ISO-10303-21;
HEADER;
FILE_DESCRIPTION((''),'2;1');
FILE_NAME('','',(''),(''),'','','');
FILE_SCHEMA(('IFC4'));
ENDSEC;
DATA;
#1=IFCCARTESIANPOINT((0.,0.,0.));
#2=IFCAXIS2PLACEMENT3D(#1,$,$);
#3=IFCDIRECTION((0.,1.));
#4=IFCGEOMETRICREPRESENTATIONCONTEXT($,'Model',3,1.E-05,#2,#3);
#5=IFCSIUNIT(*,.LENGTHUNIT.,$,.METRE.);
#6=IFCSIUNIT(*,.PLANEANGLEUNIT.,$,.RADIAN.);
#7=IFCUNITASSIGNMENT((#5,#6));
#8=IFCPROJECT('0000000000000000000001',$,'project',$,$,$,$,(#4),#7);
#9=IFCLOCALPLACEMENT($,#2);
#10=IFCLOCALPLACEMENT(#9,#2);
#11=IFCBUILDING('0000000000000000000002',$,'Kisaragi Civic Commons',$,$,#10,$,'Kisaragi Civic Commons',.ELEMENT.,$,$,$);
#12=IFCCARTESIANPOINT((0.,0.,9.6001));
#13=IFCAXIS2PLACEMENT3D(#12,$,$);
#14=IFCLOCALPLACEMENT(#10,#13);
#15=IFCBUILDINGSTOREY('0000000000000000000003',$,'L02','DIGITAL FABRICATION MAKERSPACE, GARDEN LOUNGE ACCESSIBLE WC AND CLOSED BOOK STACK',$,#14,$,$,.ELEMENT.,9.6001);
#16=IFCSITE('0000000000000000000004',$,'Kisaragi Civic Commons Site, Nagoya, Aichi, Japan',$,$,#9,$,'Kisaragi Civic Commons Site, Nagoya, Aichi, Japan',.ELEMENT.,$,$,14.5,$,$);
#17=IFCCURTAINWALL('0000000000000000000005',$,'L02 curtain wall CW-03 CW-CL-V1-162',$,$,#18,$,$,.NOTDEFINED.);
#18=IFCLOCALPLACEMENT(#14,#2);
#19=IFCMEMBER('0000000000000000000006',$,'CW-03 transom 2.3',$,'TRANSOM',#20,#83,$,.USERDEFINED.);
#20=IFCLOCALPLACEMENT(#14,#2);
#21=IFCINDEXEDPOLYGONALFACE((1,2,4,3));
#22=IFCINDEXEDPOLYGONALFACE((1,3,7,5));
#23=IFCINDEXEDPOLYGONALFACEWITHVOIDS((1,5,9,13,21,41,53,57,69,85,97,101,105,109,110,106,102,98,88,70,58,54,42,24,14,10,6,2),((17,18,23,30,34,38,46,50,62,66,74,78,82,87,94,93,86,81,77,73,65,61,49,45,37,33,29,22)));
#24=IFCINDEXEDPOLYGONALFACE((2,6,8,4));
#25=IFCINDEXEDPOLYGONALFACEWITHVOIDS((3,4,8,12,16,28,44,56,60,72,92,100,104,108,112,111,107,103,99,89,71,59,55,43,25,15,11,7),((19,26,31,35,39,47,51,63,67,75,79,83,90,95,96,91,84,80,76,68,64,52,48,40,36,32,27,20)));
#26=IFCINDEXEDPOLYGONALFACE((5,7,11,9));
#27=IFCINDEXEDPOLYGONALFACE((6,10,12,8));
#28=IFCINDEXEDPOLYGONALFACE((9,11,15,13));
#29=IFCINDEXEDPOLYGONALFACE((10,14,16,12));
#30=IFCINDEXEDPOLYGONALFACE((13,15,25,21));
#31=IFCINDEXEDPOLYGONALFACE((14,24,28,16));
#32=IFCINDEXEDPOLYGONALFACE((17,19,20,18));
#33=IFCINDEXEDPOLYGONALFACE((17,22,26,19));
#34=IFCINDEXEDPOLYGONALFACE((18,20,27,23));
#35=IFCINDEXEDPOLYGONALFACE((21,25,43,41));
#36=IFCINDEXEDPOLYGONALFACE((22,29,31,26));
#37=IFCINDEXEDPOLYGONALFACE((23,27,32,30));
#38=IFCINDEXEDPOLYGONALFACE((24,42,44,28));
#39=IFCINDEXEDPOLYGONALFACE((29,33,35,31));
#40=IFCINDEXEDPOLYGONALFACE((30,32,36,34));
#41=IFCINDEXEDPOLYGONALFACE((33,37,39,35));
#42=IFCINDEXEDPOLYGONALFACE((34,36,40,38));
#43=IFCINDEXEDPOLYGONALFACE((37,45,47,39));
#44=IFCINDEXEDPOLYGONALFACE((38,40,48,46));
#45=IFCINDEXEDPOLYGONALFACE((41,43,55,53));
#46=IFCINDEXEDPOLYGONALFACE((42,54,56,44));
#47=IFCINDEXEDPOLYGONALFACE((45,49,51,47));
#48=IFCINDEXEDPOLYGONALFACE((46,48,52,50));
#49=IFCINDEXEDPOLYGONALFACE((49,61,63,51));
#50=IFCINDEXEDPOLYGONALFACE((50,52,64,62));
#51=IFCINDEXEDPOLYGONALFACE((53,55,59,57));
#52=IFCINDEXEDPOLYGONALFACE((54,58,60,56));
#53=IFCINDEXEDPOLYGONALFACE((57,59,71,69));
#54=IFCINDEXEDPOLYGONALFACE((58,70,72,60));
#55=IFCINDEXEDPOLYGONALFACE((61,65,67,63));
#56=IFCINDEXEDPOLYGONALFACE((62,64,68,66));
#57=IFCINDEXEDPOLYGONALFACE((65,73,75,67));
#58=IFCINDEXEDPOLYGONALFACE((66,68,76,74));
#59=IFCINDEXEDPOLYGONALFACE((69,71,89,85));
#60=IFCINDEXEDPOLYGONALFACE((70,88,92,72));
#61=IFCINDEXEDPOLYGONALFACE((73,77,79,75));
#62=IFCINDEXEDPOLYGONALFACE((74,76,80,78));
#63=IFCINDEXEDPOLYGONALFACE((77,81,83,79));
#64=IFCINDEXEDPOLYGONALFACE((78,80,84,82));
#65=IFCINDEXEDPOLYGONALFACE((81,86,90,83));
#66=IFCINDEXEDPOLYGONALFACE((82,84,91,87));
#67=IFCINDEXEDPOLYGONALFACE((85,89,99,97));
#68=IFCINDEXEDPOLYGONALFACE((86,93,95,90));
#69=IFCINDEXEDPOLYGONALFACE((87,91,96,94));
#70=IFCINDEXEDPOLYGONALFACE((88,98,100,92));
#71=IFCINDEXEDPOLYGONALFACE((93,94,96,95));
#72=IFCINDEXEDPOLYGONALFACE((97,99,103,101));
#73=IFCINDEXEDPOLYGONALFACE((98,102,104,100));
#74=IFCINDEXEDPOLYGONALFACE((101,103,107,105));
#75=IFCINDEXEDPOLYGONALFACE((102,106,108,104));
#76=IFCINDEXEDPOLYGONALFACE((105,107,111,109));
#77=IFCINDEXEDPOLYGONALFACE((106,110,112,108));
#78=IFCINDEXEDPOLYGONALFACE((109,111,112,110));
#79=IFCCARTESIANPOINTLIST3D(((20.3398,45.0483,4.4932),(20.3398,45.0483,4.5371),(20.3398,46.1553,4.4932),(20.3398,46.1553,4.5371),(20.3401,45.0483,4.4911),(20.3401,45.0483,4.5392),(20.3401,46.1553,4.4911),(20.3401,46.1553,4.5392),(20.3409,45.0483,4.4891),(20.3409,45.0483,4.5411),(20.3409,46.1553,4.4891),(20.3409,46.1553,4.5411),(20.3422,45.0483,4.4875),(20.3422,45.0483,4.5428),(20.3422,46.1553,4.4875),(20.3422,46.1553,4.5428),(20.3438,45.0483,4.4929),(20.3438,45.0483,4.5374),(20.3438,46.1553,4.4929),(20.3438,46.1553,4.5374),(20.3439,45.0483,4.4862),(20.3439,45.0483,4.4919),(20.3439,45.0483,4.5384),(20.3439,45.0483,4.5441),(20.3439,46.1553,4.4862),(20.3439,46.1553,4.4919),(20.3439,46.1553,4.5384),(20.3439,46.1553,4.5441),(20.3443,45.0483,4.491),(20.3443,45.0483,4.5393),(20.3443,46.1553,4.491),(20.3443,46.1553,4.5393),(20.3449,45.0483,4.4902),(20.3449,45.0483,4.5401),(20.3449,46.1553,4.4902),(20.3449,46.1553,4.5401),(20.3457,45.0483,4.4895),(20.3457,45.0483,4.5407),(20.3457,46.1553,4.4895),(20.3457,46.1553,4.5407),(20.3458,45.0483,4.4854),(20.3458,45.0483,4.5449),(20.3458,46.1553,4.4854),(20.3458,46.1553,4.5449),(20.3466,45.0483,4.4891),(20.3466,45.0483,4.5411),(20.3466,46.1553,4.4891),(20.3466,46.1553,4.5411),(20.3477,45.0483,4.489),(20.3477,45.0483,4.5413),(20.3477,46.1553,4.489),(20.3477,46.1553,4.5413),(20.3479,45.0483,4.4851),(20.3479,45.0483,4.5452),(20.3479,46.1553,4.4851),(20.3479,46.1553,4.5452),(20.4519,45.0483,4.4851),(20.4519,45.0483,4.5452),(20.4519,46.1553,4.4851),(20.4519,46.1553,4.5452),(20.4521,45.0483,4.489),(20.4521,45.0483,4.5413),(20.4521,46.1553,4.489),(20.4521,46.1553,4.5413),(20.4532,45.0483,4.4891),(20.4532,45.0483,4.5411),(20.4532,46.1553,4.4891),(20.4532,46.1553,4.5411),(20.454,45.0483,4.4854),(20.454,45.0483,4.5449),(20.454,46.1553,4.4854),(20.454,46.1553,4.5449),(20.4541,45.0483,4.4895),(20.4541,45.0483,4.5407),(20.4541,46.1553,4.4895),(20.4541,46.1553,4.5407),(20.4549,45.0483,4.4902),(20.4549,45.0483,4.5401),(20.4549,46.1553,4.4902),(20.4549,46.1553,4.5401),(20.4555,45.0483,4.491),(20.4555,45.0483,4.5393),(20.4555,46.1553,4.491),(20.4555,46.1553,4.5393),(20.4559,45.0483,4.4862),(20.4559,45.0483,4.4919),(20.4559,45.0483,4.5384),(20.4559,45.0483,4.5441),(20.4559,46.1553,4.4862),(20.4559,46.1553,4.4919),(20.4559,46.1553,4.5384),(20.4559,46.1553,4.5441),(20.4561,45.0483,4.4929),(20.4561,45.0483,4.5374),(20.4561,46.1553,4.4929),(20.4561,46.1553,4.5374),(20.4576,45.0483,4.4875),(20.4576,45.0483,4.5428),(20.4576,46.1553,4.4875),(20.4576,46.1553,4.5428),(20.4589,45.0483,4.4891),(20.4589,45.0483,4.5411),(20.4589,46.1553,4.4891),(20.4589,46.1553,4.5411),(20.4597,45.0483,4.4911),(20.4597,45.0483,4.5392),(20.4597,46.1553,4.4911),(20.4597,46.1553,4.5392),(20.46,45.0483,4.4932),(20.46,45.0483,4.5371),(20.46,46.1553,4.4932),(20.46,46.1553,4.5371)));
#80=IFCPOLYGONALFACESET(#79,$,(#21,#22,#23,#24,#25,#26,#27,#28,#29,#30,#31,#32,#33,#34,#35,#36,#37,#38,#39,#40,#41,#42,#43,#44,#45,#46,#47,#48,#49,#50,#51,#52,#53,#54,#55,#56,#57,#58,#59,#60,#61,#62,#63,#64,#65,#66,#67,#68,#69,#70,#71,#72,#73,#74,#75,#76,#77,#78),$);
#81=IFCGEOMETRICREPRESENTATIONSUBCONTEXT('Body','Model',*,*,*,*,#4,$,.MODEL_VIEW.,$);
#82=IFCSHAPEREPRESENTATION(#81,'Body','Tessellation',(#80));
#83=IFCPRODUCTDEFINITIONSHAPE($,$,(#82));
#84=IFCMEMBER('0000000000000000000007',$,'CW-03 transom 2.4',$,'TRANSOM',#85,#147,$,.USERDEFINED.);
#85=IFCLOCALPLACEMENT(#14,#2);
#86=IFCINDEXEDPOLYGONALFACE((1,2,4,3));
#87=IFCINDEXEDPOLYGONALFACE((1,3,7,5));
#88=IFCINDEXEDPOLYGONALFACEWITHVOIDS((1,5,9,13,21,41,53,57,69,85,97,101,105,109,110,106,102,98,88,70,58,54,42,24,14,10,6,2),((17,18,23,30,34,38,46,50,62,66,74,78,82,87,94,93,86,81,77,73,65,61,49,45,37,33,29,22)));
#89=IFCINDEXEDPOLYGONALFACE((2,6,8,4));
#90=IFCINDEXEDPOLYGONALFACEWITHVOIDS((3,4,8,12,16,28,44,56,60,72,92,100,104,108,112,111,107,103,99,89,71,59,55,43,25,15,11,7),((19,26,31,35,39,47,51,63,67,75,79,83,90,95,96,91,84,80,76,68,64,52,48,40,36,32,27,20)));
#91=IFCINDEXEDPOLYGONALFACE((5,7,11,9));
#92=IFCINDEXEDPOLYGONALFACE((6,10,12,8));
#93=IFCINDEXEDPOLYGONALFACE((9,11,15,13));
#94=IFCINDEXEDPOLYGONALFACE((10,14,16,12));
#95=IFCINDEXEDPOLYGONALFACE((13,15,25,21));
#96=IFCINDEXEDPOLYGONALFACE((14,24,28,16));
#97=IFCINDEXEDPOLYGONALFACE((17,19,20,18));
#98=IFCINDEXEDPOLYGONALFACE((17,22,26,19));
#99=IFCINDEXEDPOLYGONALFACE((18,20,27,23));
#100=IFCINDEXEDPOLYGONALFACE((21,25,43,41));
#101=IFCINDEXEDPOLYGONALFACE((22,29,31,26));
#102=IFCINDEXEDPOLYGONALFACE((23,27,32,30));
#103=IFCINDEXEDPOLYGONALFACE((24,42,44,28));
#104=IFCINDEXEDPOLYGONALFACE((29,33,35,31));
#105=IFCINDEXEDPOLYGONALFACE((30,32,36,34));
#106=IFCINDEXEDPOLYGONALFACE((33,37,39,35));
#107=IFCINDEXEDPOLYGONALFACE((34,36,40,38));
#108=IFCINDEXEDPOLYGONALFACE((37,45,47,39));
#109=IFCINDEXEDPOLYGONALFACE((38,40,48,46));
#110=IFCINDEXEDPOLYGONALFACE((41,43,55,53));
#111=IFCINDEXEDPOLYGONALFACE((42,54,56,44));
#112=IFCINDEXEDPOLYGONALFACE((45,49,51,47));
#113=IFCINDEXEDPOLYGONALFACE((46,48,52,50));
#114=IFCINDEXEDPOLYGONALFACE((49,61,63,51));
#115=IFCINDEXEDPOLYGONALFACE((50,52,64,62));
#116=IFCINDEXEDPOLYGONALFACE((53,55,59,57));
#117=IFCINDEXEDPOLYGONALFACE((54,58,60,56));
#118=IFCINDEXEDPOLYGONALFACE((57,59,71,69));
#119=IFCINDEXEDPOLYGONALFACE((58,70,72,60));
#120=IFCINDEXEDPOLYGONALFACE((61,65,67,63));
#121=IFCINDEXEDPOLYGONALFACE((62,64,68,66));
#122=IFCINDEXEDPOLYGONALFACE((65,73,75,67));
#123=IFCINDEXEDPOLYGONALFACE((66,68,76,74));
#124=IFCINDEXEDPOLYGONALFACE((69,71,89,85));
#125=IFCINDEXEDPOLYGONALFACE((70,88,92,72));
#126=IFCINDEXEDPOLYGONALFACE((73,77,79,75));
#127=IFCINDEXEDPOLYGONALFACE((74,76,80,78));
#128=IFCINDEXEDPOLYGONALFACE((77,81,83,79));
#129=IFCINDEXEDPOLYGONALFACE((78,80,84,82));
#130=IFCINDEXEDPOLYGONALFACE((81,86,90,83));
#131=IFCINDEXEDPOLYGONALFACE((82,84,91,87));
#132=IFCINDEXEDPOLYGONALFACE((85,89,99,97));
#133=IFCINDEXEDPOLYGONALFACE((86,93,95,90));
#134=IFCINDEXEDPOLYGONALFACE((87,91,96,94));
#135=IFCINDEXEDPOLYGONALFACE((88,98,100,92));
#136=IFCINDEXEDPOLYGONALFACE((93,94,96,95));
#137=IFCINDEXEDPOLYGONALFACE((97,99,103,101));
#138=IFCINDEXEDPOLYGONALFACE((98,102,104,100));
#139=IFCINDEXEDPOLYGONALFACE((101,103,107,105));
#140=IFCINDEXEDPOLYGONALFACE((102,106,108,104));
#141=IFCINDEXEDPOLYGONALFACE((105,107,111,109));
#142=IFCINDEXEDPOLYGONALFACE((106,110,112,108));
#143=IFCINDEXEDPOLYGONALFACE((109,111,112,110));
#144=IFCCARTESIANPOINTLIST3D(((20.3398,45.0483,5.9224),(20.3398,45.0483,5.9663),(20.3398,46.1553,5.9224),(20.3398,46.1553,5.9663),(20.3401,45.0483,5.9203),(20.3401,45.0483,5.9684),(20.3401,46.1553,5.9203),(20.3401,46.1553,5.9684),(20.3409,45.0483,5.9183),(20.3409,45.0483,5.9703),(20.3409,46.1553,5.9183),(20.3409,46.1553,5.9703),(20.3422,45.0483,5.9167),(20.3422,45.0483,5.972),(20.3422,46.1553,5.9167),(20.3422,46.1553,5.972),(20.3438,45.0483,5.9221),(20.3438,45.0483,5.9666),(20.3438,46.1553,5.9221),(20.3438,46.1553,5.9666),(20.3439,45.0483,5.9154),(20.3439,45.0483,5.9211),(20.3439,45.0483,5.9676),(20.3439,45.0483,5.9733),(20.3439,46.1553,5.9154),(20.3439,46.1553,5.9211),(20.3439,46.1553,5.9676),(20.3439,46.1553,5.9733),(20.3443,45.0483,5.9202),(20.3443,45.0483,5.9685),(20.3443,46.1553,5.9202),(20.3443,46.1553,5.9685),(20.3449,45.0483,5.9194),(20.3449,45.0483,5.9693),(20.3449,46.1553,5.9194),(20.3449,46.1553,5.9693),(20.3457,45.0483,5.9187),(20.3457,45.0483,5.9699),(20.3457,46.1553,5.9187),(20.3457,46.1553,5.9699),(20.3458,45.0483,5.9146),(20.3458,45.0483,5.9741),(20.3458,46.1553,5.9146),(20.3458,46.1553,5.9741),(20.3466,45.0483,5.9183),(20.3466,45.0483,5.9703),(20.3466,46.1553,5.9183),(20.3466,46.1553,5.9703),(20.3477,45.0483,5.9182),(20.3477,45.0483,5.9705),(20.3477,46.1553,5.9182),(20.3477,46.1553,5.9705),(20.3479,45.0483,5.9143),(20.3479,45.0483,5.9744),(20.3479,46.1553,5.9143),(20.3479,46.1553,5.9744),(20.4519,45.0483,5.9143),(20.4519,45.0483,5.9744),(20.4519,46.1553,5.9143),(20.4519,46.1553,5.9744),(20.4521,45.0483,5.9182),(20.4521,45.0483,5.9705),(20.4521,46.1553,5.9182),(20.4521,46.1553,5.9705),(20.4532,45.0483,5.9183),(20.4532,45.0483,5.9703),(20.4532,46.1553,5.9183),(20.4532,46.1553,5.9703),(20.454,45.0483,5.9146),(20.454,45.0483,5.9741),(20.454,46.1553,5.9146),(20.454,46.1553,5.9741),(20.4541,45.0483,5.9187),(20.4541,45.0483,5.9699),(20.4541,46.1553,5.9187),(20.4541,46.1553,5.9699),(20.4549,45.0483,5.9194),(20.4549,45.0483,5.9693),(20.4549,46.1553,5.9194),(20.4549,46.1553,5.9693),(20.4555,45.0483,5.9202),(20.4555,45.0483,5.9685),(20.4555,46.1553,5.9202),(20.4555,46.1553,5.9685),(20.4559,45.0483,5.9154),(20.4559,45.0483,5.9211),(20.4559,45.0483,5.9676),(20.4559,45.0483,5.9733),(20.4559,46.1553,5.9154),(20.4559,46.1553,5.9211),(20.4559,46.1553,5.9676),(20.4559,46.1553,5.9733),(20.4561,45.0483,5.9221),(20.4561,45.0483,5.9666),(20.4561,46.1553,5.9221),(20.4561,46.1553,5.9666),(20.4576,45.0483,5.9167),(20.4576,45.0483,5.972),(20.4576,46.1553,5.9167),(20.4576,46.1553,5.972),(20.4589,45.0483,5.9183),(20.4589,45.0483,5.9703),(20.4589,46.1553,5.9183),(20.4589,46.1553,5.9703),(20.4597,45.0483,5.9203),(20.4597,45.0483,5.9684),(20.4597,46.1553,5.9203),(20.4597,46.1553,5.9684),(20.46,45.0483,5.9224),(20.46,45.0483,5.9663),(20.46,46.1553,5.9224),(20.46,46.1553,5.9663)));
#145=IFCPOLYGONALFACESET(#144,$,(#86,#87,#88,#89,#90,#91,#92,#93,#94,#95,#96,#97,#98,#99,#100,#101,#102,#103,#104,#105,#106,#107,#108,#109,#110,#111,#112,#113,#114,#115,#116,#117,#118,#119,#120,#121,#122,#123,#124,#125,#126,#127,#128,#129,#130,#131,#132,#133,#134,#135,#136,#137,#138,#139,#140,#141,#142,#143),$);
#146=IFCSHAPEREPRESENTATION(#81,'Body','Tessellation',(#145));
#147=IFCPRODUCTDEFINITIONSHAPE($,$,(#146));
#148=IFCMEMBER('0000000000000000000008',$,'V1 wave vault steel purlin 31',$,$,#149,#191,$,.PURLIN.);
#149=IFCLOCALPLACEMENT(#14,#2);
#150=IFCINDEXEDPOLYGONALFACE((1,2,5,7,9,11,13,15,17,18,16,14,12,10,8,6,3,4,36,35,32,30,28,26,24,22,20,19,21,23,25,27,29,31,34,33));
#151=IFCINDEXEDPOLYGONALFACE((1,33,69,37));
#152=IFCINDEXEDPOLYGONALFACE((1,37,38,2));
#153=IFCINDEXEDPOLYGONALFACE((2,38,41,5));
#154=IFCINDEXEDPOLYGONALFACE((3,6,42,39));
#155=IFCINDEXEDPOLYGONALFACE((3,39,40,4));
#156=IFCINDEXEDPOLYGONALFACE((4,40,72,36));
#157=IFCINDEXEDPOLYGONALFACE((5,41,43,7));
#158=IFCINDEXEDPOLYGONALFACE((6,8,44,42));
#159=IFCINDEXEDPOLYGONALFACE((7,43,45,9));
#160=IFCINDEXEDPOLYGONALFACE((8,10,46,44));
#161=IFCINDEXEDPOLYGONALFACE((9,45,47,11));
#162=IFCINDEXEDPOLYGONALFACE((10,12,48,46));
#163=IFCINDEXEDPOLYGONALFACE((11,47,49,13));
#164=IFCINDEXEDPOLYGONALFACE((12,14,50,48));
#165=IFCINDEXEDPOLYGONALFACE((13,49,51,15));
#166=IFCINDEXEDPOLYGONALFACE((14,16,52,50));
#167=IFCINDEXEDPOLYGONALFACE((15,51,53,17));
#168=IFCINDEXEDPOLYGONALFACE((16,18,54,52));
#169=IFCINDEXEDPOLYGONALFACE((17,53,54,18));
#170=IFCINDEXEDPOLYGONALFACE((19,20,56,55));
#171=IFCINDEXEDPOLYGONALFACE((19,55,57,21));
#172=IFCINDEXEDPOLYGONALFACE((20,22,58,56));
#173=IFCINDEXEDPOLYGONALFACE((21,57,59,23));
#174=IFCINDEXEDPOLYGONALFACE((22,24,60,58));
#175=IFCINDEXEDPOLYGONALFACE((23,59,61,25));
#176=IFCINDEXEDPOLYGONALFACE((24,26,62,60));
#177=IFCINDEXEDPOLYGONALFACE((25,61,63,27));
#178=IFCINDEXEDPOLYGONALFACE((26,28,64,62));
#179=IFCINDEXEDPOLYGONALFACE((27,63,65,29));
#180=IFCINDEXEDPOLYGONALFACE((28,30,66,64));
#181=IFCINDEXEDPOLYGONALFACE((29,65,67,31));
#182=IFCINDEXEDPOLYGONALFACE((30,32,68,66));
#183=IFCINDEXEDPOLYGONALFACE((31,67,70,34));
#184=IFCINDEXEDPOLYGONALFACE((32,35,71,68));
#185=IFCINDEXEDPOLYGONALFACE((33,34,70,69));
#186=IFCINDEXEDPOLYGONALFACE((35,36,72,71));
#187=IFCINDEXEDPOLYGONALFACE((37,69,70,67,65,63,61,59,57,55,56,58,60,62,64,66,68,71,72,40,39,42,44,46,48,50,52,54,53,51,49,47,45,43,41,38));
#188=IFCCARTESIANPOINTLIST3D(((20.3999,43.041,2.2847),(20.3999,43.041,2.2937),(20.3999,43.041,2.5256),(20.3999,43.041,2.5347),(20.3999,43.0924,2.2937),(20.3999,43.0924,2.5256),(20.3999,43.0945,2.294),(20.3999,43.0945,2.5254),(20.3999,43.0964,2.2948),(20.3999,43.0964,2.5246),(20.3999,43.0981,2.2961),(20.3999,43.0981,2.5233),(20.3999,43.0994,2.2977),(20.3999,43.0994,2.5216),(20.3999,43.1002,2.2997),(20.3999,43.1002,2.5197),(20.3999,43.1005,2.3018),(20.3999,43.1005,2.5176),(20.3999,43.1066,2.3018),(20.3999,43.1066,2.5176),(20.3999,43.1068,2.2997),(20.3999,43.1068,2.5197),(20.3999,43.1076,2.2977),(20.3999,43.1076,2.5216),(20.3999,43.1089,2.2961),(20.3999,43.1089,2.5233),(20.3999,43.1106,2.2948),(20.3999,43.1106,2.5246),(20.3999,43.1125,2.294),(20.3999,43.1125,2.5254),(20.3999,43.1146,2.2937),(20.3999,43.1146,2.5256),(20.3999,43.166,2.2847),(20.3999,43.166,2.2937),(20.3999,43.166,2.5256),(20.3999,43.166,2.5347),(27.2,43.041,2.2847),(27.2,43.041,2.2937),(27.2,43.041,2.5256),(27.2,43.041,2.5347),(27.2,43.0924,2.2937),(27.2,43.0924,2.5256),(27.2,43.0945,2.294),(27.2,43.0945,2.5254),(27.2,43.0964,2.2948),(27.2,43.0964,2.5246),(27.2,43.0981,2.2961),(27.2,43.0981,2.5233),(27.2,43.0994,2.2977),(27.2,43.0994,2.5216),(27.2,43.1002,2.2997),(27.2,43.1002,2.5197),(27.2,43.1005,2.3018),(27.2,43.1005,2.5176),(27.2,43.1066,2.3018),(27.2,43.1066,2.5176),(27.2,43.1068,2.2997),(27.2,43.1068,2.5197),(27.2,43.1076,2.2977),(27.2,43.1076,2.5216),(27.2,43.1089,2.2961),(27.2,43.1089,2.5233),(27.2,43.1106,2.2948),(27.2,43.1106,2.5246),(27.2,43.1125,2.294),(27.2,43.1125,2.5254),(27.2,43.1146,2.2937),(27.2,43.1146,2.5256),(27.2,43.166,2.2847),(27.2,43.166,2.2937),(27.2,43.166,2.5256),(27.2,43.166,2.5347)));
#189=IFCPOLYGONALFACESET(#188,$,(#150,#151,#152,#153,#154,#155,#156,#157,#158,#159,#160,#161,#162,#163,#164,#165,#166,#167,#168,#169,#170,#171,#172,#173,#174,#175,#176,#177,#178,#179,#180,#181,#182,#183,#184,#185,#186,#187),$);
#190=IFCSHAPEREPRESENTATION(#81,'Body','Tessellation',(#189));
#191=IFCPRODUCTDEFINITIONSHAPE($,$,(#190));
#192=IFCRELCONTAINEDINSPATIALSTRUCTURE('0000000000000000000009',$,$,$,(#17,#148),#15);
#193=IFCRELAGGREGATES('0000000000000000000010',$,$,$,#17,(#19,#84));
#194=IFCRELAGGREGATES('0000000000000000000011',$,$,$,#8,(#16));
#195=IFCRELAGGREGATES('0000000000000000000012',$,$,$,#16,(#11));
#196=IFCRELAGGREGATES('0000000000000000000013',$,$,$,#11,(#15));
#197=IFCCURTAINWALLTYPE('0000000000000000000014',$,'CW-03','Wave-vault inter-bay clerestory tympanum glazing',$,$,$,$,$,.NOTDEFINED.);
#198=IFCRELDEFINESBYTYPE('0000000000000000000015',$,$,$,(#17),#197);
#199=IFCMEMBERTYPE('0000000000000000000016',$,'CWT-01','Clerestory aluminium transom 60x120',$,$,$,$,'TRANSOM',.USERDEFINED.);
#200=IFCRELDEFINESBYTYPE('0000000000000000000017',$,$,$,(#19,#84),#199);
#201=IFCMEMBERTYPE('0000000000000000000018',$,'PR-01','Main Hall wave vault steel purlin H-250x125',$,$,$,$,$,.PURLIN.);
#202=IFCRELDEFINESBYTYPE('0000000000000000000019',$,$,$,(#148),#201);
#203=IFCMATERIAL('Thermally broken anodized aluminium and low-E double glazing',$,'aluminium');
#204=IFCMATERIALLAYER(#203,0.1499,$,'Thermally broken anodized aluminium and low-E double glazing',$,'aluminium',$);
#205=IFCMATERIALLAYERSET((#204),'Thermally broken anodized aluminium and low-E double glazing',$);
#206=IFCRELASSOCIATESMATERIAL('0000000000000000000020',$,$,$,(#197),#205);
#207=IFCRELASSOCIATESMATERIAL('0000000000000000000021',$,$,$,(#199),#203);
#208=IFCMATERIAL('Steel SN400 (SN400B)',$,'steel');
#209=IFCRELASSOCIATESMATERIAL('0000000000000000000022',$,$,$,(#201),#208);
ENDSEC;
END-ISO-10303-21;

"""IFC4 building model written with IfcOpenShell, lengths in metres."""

from ifc_helpers import new_model, si_unit, direction, frame, origin, origin_2d, place, context, subcontext, project, spatial, hollow_rectangle, i_section, extrude, material, layer, layer_set, material_profile, profile_set, type_object, element, aggregate, save


model = new_model("IFC4")

# Units and contexts
model_context = context("Model", 3, precision=1e-05, world=origin(), true_north=direction((0.0, 1.0)))
body_context = subcontext(model_context, "Body", "Model", "MODEL_VIEW")
ifc_project = project(units=[si_unit("LENGTHUNIT", "METRE"), si_unit("PLANEANGLEUNIT", "RADIAN")], contexts=[model_context])

# Site, building, storey
site_placement = place(None, origin())
site = spatial("IfcSite", under=ifc_project, at=site_placement, Name="Kisaragi Civic Commons Site, Nagoya, Aichi, Japan", LongName="Kisaragi Civic Commons Site, Nagoya, Aichi, Japan", CompositionType="ELEMENT", RefElevation=14.5)
building_placement = place(site_placement, origin())
building = spatial("IfcBuilding", under=site, at=building_placement, Name="Kisaragi Civic Commons", LongName="Kisaragi Civic Commons", CompositionType="ELEMENT")
storey_placement = place(building_placement, frame((0.0, 0.0, 9.6001)))
storey = spatial("IfcBuildingStorey", under=building, at=storey_placement, Name="L02", Description="DIGITAL FABRICATION MAKERSPACE, GARDEN LOUNGE ACCESSIBLE WC AND CLOSED BOOK STACK", CompositionType="ELEMENT", Elevation=9.6001)

# Curtain wall, members
ifc_material_1 = material(Name="Thermally broken anodized aluminium and low-E double glazing", Category="aluminium")
ifc_layer_1 = layer(ifc_material_1, 0.1499, Name="Thermally broken anodized aluminium and low-E double glazing", Category="aluminium")
ifc_layer_set_1 = layer_set([ifc_layer_1], Name="Thermally broken anodized aluminium and low-E double glazing")
curtain_wall_type = type_object("IfcCurtainWallType", Name="CW-03", Description="Wave-vault inter-bay clerestory tympanum glazing", PredefinedType="NOTDEFINED", material=ifc_layer_set_1)
curtain_wall_placement = place(storey_placement, origin())
curtain_wall = element("IfcCurtainWall", 1, at=curtain_wall_placement, inside=storey, type_object=curtain_wall_type, Name="L02 curtain wall CW-03 CW-CL-V1-162", PredefinedType="NOTDEFINED")
ifc_material_profile_1 = material_profile(ifc_material_1, hollow_rectangle(XDim=0.1201, YDim=0.0601, WallThickness=0.0039, InnerFilletRadius=0.0039, OuterFilletRadius=0.0081, at=origin_2d()), Name="CWT-60x120x4", Category="aluminium")
ifc_profile_set_1 = profile_set([ifc_material_profile_1], Name="Thermally broken anodized aluminium and low-E double glazing")
member_type_1 = type_object("IfcMemberType", Name="CWT-01", Description="Clerestory aluminium transom 60x120", ElementType="TRANSOM", PredefinedType="USERDEFINED", material=ifc_profile_set_1)
member_1_placement = place(storey_placement, frame((20.3999, 45.0483, 4.5151), z_axis=(0.0, 1.0, 0.0), x_axis=(-1.0, 0.0, 0.0)))
member_1 = element("IfcMember", 2, at=member_1_placement, type_object=member_type_1, Name="CW-03 transom 2.3", ObjectType="TRANSOM", PredefinedType="USERDEFINED", context=body_context, shape_type="SweptSolid", body=[
    extrude(hollow_rectangle(XDim=0.1201, YDim=0.0601, WallThickness=0.0039, InnerFilletRadius=0.0039, OuterFilletRadius=0.0081, at=origin_2d()), origin(), (0.0, 0.0, 1.0), 1.1069),
])
member_2_placement = place(storey_placement, frame((20.3999, 45.0483, 5.9443), z_axis=(0.0, 1.0, 0.0), x_axis=(-1.0, 0.0, 0.0)))
member_2 = element("IfcMember", 3, at=member_2_placement, type_object=member_type_1, Name="CW-03 transom 2.4", ObjectType="TRANSOM", PredefinedType="USERDEFINED", context=body_context, shape_type="SweptSolid", body=[
    extrude(hollow_rectangle(XDim=0.1201, YDim=0.0601, WallThickness=0.0039, InnerFilletRadius=0.0039, OuterFilletRadius=0.0081, at=origin_2d()), origin(), (0.0, 0.0, 1.0), 1.1069),
])

# Member
ifc_material_2 = material(Name="Steel SN400 (SN400B)", Category="steel")
ifc_material_profile_2 = material_profile(ifc_material_2, i_section(OverallWidth=0.125, OverallDepth=0.25, WebThickness=0.0061, FlangeThickness=0.009, FilletRadius=0.0081, at=origin_2d()), Name="H-250x125x6x9", Category="steel")
ifc_profile_set_2 = profile_set([ifc_material_profile_2], Name="Steel SN400 (SN400B)")
member_type_2 = type_object("IfcMemberType", Name="PR-01", Description="Main Hall wave vault steel purlin H-250x125", PredefinedType="PURLIN", material=ifc_profile_set_2)
member_3_placement = place(storey_placement, frame((20.3999, 43.1035, 2.4097), z_axis=(1.0, 0.0, 0.0), x_axis=(0.0, 1.0, 0.0)))
element("IfcMember", 4, at=member_3_placement, inside=storey, type_object=member_type_2, Name="V1 wave vault steel purlin 31", PredefinedType="PURLIN", context=body_context, shape_type="SweptSolid", body=[
    extrude(i_section(OverallWidth=0.125, OverallDepth=0.25, WebThickness=0.0061, FlangeThickness=0.009, FilletRadius=0.0081, at=origin_2d()), origin(), (0.0, 0.0, 1.0), 6.8),
])

aggregate(curtain_wall, [member_1, member_2])

save(model, "model.ifc")
